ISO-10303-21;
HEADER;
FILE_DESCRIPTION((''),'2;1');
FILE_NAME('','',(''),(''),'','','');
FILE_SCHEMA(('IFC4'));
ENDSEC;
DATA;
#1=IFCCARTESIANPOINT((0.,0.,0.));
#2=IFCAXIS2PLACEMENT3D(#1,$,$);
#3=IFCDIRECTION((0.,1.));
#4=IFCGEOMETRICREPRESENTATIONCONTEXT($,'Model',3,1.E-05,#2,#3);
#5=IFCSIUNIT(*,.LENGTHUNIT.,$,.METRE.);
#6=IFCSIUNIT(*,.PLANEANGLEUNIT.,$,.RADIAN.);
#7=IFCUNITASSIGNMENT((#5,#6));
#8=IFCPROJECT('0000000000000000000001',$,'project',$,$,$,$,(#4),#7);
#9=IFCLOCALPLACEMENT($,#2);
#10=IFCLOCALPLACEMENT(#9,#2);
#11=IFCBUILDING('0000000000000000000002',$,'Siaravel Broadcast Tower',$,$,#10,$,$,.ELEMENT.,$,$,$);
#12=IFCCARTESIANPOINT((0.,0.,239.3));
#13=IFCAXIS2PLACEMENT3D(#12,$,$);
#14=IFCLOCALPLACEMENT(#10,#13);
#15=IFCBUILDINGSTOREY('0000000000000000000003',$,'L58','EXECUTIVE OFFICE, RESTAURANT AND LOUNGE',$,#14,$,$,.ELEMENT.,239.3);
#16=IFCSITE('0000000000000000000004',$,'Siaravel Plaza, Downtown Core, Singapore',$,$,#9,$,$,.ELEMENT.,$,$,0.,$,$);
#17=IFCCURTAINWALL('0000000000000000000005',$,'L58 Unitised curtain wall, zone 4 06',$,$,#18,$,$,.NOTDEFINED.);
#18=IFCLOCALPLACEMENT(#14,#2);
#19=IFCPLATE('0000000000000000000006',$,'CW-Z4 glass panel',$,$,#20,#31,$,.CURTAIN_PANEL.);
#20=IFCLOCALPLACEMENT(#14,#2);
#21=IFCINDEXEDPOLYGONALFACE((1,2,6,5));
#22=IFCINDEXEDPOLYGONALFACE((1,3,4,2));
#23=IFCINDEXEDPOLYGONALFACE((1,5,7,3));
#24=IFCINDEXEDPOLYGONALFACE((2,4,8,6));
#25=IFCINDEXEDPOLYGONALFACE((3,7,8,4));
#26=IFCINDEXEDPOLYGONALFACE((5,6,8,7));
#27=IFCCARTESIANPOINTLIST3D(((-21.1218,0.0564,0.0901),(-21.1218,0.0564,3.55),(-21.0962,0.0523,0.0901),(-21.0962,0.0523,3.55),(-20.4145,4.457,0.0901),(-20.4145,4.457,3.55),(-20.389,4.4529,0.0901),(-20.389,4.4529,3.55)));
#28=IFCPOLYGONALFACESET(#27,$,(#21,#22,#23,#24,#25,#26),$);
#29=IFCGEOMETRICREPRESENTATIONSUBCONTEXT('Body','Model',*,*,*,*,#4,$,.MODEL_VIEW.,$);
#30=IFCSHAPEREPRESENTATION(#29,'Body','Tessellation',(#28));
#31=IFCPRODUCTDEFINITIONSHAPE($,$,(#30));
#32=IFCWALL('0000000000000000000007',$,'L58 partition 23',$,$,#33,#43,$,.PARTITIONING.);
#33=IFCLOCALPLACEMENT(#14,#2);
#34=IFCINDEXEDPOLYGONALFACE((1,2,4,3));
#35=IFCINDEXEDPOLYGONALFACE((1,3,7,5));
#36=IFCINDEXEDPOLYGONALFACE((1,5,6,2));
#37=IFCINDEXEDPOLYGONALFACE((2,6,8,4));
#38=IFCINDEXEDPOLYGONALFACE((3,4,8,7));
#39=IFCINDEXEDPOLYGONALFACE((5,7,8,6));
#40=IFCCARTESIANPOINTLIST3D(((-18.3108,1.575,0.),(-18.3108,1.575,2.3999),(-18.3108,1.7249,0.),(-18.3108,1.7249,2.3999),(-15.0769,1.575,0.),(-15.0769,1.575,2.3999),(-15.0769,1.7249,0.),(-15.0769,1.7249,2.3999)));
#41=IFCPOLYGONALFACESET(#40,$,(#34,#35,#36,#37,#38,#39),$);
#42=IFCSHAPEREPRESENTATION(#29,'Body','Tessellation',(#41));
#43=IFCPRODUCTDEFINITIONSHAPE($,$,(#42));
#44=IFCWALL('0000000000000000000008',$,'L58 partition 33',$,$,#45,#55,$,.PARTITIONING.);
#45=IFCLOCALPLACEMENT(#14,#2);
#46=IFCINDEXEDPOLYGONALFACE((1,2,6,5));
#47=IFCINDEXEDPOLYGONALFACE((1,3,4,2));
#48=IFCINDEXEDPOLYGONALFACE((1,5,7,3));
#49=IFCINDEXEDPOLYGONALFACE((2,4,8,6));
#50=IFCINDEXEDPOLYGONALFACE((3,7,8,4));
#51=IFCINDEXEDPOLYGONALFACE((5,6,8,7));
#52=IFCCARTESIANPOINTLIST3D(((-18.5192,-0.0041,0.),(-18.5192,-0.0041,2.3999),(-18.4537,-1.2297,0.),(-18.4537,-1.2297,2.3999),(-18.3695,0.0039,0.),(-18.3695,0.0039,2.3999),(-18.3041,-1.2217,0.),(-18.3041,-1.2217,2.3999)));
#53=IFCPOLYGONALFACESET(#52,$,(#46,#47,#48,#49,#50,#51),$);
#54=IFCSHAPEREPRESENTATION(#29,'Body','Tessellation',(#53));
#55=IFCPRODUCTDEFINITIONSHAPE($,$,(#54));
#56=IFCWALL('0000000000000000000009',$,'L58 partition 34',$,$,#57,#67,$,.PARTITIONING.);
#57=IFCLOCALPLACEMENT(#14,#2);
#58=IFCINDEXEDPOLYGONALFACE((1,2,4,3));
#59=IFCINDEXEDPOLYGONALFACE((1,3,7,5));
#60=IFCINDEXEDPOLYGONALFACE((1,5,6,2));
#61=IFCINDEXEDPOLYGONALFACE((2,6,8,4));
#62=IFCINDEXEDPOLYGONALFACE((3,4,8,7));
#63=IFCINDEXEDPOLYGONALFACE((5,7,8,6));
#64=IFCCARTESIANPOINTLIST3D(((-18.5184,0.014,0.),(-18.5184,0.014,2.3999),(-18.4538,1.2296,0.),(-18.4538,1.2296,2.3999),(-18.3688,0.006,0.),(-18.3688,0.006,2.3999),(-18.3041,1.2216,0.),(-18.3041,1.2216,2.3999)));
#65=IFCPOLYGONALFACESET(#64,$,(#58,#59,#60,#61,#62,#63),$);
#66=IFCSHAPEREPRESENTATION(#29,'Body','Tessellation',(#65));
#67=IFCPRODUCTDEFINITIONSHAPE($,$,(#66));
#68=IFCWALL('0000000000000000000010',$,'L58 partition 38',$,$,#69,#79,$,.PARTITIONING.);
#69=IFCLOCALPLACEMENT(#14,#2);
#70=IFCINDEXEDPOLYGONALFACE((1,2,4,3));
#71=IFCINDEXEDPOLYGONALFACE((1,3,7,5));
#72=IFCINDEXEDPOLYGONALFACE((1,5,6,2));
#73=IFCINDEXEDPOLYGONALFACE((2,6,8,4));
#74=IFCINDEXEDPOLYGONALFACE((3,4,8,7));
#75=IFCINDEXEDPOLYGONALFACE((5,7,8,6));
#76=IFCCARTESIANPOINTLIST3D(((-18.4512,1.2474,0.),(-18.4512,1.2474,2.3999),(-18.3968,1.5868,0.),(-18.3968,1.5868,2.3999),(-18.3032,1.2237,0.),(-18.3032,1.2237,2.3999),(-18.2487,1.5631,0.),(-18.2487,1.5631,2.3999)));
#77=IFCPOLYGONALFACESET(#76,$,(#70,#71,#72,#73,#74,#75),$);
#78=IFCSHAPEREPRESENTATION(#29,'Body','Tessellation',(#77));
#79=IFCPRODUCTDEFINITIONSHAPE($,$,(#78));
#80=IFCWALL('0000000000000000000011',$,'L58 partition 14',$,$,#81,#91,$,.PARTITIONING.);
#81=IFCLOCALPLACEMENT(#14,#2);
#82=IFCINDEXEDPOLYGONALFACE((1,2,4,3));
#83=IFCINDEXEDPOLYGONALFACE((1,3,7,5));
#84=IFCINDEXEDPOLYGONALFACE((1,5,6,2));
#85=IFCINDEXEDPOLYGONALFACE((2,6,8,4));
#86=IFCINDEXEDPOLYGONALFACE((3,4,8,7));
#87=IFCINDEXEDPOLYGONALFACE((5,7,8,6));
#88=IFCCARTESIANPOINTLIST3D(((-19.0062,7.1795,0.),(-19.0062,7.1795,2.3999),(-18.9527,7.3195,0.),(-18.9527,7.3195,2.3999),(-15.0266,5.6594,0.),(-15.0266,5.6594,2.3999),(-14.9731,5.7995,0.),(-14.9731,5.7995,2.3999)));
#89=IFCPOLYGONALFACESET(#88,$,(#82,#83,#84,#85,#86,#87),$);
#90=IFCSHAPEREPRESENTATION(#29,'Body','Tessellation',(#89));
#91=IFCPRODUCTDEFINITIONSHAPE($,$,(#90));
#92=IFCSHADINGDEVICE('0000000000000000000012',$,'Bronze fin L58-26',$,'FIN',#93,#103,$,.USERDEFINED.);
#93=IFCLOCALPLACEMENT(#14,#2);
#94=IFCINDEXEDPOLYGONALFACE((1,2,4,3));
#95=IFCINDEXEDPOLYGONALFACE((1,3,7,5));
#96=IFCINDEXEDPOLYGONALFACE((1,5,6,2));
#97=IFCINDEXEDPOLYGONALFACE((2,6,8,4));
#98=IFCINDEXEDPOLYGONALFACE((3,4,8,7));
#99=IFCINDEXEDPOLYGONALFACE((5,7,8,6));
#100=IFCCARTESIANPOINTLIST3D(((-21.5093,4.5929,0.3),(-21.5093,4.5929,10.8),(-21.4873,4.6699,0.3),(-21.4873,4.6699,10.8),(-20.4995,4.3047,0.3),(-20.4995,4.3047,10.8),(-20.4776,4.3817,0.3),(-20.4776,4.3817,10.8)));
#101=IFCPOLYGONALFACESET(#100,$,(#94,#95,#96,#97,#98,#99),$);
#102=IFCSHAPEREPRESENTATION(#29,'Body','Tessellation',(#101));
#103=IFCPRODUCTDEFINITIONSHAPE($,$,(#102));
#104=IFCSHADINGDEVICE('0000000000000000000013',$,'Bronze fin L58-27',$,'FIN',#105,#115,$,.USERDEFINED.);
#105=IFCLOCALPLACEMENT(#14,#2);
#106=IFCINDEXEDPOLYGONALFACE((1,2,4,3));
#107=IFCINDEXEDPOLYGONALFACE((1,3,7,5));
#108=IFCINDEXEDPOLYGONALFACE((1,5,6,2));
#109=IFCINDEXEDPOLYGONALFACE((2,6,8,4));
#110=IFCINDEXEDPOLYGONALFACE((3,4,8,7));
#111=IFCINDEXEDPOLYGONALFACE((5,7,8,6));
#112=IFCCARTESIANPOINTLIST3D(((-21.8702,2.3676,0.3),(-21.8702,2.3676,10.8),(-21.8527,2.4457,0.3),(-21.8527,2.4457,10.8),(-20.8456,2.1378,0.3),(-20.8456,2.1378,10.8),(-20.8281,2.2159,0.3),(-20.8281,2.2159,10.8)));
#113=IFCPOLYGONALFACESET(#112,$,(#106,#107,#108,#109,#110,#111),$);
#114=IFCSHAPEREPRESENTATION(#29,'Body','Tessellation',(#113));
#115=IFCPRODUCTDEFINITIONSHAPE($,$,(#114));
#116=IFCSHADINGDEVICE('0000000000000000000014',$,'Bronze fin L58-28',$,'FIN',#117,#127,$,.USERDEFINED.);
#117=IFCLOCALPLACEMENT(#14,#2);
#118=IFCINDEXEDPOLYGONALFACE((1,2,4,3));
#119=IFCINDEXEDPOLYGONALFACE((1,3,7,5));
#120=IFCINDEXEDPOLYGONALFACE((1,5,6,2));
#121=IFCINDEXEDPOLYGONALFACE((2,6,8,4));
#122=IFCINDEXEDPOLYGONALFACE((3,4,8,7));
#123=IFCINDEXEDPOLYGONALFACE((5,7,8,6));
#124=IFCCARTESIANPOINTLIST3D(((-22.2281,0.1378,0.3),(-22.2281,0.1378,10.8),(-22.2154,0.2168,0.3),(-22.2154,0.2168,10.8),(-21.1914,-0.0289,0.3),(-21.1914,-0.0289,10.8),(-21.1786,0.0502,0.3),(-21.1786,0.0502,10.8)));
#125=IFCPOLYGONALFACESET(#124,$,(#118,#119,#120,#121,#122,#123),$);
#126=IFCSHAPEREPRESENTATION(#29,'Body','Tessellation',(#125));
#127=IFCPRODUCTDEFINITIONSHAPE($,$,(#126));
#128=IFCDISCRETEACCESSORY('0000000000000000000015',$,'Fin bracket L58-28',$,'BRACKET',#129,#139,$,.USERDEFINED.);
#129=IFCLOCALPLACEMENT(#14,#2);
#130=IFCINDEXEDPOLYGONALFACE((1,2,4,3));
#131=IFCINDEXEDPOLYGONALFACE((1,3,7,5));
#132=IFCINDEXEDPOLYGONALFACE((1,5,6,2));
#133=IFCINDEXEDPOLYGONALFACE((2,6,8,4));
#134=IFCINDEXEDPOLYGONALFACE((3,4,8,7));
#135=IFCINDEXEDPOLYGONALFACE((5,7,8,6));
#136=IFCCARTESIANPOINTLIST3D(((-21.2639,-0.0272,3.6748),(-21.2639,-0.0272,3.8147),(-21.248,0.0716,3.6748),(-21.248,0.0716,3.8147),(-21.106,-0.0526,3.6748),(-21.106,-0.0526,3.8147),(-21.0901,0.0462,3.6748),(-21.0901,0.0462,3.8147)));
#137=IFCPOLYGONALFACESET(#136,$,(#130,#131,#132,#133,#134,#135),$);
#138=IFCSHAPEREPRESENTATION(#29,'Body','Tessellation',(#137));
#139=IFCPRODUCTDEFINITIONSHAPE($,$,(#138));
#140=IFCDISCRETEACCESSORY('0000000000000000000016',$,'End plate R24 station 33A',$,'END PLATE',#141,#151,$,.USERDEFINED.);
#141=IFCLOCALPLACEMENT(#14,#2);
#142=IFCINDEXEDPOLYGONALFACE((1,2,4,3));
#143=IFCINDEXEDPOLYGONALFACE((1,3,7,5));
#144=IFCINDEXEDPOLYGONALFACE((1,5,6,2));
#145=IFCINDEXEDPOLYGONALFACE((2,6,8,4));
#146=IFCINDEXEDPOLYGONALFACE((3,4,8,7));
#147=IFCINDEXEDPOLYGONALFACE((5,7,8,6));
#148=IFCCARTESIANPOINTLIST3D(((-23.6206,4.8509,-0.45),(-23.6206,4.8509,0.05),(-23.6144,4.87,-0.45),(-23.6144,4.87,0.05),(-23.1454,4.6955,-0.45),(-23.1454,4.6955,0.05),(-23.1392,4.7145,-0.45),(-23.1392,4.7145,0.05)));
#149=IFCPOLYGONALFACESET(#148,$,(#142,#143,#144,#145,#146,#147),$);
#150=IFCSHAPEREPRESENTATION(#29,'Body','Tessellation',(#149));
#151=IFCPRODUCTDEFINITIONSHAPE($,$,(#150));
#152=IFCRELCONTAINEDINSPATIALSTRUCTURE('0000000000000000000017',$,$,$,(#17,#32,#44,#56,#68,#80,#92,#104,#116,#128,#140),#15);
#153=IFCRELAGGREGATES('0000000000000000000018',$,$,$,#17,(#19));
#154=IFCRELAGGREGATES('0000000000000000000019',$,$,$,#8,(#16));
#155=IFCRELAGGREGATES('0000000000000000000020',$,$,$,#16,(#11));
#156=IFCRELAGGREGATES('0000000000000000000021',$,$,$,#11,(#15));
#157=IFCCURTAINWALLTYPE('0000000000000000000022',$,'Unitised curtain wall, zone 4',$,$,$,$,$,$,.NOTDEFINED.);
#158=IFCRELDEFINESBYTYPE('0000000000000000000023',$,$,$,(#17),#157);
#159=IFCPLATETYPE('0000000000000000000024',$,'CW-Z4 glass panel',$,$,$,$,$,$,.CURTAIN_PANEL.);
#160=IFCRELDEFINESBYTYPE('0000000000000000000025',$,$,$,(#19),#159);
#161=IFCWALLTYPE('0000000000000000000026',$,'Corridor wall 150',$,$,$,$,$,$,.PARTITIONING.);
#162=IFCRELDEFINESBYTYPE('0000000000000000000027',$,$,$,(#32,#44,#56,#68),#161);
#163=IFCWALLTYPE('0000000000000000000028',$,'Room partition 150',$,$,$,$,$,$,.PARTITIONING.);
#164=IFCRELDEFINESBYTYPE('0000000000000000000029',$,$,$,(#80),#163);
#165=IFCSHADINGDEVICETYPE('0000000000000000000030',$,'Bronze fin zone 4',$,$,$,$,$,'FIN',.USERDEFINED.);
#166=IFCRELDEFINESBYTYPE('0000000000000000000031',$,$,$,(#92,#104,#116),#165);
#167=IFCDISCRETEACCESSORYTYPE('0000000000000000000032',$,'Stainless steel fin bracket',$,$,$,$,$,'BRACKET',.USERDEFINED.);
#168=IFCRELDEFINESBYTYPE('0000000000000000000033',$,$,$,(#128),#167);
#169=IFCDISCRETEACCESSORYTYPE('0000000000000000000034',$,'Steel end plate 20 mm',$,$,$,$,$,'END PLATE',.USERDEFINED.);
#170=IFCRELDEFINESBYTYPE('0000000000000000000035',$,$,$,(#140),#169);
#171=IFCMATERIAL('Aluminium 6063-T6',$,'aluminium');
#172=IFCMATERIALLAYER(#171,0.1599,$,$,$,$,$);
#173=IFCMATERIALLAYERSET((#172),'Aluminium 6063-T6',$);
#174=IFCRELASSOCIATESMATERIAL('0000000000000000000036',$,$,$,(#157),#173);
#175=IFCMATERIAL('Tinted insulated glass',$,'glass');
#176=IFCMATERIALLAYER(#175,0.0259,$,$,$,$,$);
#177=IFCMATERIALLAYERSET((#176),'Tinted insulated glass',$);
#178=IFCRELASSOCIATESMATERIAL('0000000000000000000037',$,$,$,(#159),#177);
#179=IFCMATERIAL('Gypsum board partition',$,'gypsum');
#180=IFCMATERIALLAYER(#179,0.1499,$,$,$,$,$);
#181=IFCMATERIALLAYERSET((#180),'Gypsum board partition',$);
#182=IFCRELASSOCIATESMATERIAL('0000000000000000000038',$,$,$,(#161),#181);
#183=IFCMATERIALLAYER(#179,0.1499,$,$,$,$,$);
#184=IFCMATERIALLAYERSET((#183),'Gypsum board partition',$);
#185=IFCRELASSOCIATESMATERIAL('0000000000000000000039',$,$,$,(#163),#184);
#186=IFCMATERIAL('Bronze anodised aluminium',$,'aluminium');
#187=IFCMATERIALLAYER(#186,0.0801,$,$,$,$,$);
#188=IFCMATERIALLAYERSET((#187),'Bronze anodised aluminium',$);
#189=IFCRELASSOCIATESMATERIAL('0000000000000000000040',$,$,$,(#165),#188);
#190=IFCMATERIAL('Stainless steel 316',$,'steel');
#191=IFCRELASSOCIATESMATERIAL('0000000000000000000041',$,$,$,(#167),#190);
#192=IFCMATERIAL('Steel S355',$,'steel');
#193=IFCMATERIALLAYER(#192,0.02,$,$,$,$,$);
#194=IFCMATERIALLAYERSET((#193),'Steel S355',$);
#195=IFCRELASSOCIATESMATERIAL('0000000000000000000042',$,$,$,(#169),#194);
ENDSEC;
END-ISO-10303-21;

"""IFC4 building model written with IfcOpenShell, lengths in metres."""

from ifc_helpers import new_model, si_unit, direction, frame, frame_2d, origin, origin_2d, place, context, subcontext, project, spatial, rectangle, extrude, material, layer, layer_set, type_object, element, aggregate, save


model = new_model("IFC4")

# Units and contexts
model_context = context("Model", 3, precision=1e-05, world=origin(), true_north=direction((0.0, 1.0)))
body_context = subcontext(model_context, "Body", "Model", "MODEL_VIEW")
ifc_project = project(units=[si_unit("LENGTHUNIT", "METRE"), si_unit("PLANEANGLEUNIT", "RADIAN")], contexts=[model_context])

# Site, building, storey
site_placement = place(None, origin())
site = spatial("IfcSite", under=ifc_project, at=site_placement, Name="Siaravel Plaza, Downtown Core, Singapore", CompositionType="ELEMENT", RefElevation=0.0)
building_placement = place(site_placement, origin())
building = spatial("IfcBuilding", under=site, at=building_placement, Name="Siaravel Broadcast Tower", CompositionType="ELEMENT")
storey_placement = place(building_placement, frame((0.0, 0.0, 239.3)))
storey = spatial("IfcBuildingStorey", under=building, at=storey_placement, Name="L58", Description="EXECUTIVE OFFICE, RESTAURANT AND LOUNGE", CompositionType="ELEMENT", Elevation=239.3)

# Shared definitions
ifc_material_1 = material(Name="Steel S355", Category="steel")

# Curtain wall
ifc_material_2 = material(Name="Aluminium 6063-T6", Category="aluminium")
ifc_layer_1 = layer(ifc_material_2, 0.1599)
ifc_layer_set_1 = layer_set([ifc_layer_1], Name="Aluminium 6063-T6")
curtain_wall_type = type_object("IfcCurtainWallType", Name="Unitised curtain wall, zone 4", PredefinedType="NOTDEFINED", material=ifc_layer_set_1)
curtain_wall_1_placement = place(storey_placement, origin())
curtain_wall_1 = element("IfcCurtainWall", 1, at=curtain_wall_1_placement, inside=storey, type_object=curtain_wall_type, Name="L58 Unitised curtain wall, zone 4 06", PredefinedType="NOTDEFINED")

# Plate
ifc_material_3 = material(Name="Tinted insulated glass", Category="glass")
ifc_layer_2 = layer(ifc_material_3, 0.0259)
ifc_layer_set_2 = layer_set([ifc_layer_2], Name="Tinted insulated glass")
plate_type = type_object("IfcPlateType", Name="CW-Z4 glass panel", PredefinedType="CURTAIN_PANEL", material=ifc_layer_set_2)
plate_placement = place(storey_placement, frame((-20.7554, 2.2546, 0.0901), z_axis=(0.0, 0.0, 1.0), x_axis=(-0.158685, -0.987329, 0.0)))
plate = element("IfcPlate", 2, at=plate_placement, type_object=plate_type, Name="CW-Z4 glass panel", PredefinedType="CURTAIN_PANEL", context=body_context, shape_type="SweptSolid", body=[
    extrude(rectangle(XDim=4.457, YDim=0.0259, at=origin_2d()), origin(), (0.0, 0.0, 1.0), 3.46),
])
aggregate(curtain_wall_1, [plate])

# Shared definitions
ifc_material_4 = material(Name="Gypsum board partition", Category="gypsum")
ifc_layer_3 = layer(ifc_material_4, 0.1499)
ifc_layer_set_3 = layer_set([ifc_layer_3], Name="Gypsum board partition")
wall_type_1 = type_object("IfcWallType", Name="Corridor wall 150", PredefinedType="PARTITIONING", material=ifc_layer_set_3)

# Walls
wall_1_placement = place(storey_placement, frame((-15.0769, 1.6499, 0.0), z_axis=(0.0, 0.0, 1.0), x_axis=(-1.0, 0.0, 0.0)))
element("IfcWall", 3, at=wall_1_placement, inside=storey, type_object=wall_type_1, Name="L58 partition 23", PredefinedType="PARTITIONING", context=body_context, shape_type="SweptSolid", body=[
    extrude(rectangle(XDim=3.2339, YDim=0.1499, at=frame_2d((1.6169, 0.0))), origin(), (0.0, 0.0, 1.0), 2.3999),
])
wall_2_placement = place(storey_placement, frame((-18.4443, 0.0, 0.0), z_axis=(0.0, 0.0, 1.0), x_axis=(0.053311, -0.998578, 0.0)))
element("IfcWall", 4, at=wall_2_placement, inside=storey, type_object=wall_type_1, Name="L58 partition 33", PredefinedType="PARTITIONING", context=body_context, shape_type="SweptSolid", body=[
    extrude(rectangle(XDim=1.2273, YDim=0.1499, at=frame_2d((0.6138, 0.0))), origin(), (0.0, 0.0, 1.0), 2.3999),
])
wall_3_placement = place(storey_placement, frame((-18.3789, 1.2256, 0.0), z_axis=(0.0, 0.0, 1.0), x_axis=(-0.053148, -0.998587, 0.0)))
element("IfcWall", 5, at=wall_3_placement, inside=storey, type_object=wall_type_1, Name="L58 partition 34", PredefinedType="PARTITIONING", context=body_context, shape_type="SweptSolid", body=[
    extrude(rectangle(XDim=1.2173, YDim=0.1499, at=frame_2d((0.6086, 0.0))), origin(), (0.0, 0.0, 1.0), 2.3999),
])
wall_4_placement = place(storey_placement, frame((-18.3228, 1.575, 0.0), z_axis=(0.0, 0.0, 1.0), x_axis=(-0.158406, -0.987374, 0.0)))
element("IfcWall", 6, at=wall_4_placement, inside=storey, type_object=wall_type_1, Name="L58 partition 38", PredefinedType="PARTITIONING", context=body_context, shape_type="SweptSolid", body=[
    extrude(rectangle(XDim=0.3438, YDim=0.1499, at=frame_2d((0.1719, 0.0))), origin(), (0.0, 0.0, 1.0), 2.3999),
])
ifc_layer_4 = layer(ifc_material_4, 0.1499)
ifc_layer_set_4 = layer_set([ifc_layer_4], Name="Gypsum board partition")
wall_type_2 = type_object("IfcWallType", Name="Room partition 150", PredefinedType="PARTITIONING", material=ifc_layer_set_4)
wall_5_placement = place(storey_placement, frame((-15.0, 5.7295, 0.0), z_axis=(0.0, 0.0, 1.0), x_axis=(-0.934173, 0.35682, 0.0)))
element("IfcWall", 7, at=wall_5_placement, inside=storey, type_object=wall_type_2, Name="L58 partition 14", PredefinedType="PARTITIONING", context=body_context, shape_type="SweptSolid", body=[
    extrude(rectangle(XDim=4.26, YDim=0.1499, at=frame_2d((2.1299, 0.0))), origin(), (0.0, 0.0, 1.0), 2.3999),
])

# Shading devices
ifc_material_5 = material(Name="Bronze anodised aluminium", Category="aluminium")
ifc_layer_5 = layer(ifc_material_5, 0.0801)
ifc_layer_set_5 = layer_set([ifc_layer_5], Name="Bronze anodised aluminium")
shading_device_type = type_object("IfcShadingDeviceType", Name="Bronze fin zone 4", ElementType="FIN", PredefinedType="USERDEFINED", material=ifc_layer_set_5)
for number, where, z_axis, x_axis, name in (
    (8, (-20.9934, 4.4873, 0.3), (0.0, 0.0, 1.0), (-0.961614, 0.274404, 0.0), "Bronze fin L58-26"),
    (9, (-21.3491, 2.2917, 0.3), (0.0, 0.0, 1.0), (-0.975769, 0.218804, 0.0), "Bronze fin L58-27"),
    (10, (-21.7034, 0.094, 0.3), (0.0, 0.0, 1.0), (-0.987329, 0.158685, 0.0), "Bronze fin L58-28"),
):
    element("IfcShadingDevice", number, at=place(storey_placement, frame(where, z_axis=z_axis, x_axis=x_axis)), inside=storey, type_object=shading_device_type, Name=name, ObjectType="FIN", PredefinedType="USERDEFINED", context=body_context, shape_type="SweptSolid", body=[
        extrude(rectangle(XDim=1.05, YDim=0.0801, at=origin_2d()), origin(), (0.0, 0.0, 1.0), 10.5),
    ])

# Discrete accessories
ifc_material_6 = material(Name="Stainless steel 316", Category="steel")
discrete_accessory_type_1 = type_object("IfcDiscreteAccessoryType", Name="Stainless steel fin bracket", ElementType="BRACKET", PredefinedType="USERDEFINED", material=ifc_material_6)
discrete_accessory_1_placement = place(storey_placement, frame((-21.177, 0.0095, 3.6748), z_axis=(0.0, 0.0, 1.0), x_axis=(-0.987329, 0.158685, 0.0)))
element("IfcDiscreteAccessory", 11, at=discrete_accessory_1_placement, inside=storey, type_object=discrete_accessory_type_1, Name="Fin bracket L58-28", ObjectType="BRACKET", PredefinedType="USERDEFINED", context=body_context, shape_type="SweptSolid", body=[
    extrude(rectangle(XDim=0.1599, YDim=0.1001, at=origin_2d()), origin(), (0.0, 0.0, 1.0), 0.1399),
])
ifc_layer_6 = layer(ifc_material_1, 0.02)
ifc_layer_set_6 = layer_set([ifc_layer_6], Name="Steel S355")
discrete_accessory_type_2 = type_object("IfcDiscreteAccessoryType", Name="Steel end plate 20 mm", ElementType="END PLATE", PredefinedType="USERDEFINED", material=ifc_layer_set_6)
discrete_accessory_2_placement = place(storey_placement, frame((-23.3799, 4.7827, -0.45), z_axis=(0.0, 0.0, 1.0), x_axis=(-0.310909, -0.95044, 0.0)))
element("IfcDiscreteAccessory", 12, at=discrete_accessory_2_placement, inside=storey, type_object=discrete_accessory_type_2, Name="End plate R24 station 33A", ObjectType="END PLATE", PredefinedType="USERDEFINED", context=body_context, shape_type="SweptSolid", body=[
    extrude(rectangle(XDim=0.02, YDim=0.5, at=origin_2d()), origin(), (0.0, 0.0, 1.0), 0.5),
])

save(model, "model.ifc")
